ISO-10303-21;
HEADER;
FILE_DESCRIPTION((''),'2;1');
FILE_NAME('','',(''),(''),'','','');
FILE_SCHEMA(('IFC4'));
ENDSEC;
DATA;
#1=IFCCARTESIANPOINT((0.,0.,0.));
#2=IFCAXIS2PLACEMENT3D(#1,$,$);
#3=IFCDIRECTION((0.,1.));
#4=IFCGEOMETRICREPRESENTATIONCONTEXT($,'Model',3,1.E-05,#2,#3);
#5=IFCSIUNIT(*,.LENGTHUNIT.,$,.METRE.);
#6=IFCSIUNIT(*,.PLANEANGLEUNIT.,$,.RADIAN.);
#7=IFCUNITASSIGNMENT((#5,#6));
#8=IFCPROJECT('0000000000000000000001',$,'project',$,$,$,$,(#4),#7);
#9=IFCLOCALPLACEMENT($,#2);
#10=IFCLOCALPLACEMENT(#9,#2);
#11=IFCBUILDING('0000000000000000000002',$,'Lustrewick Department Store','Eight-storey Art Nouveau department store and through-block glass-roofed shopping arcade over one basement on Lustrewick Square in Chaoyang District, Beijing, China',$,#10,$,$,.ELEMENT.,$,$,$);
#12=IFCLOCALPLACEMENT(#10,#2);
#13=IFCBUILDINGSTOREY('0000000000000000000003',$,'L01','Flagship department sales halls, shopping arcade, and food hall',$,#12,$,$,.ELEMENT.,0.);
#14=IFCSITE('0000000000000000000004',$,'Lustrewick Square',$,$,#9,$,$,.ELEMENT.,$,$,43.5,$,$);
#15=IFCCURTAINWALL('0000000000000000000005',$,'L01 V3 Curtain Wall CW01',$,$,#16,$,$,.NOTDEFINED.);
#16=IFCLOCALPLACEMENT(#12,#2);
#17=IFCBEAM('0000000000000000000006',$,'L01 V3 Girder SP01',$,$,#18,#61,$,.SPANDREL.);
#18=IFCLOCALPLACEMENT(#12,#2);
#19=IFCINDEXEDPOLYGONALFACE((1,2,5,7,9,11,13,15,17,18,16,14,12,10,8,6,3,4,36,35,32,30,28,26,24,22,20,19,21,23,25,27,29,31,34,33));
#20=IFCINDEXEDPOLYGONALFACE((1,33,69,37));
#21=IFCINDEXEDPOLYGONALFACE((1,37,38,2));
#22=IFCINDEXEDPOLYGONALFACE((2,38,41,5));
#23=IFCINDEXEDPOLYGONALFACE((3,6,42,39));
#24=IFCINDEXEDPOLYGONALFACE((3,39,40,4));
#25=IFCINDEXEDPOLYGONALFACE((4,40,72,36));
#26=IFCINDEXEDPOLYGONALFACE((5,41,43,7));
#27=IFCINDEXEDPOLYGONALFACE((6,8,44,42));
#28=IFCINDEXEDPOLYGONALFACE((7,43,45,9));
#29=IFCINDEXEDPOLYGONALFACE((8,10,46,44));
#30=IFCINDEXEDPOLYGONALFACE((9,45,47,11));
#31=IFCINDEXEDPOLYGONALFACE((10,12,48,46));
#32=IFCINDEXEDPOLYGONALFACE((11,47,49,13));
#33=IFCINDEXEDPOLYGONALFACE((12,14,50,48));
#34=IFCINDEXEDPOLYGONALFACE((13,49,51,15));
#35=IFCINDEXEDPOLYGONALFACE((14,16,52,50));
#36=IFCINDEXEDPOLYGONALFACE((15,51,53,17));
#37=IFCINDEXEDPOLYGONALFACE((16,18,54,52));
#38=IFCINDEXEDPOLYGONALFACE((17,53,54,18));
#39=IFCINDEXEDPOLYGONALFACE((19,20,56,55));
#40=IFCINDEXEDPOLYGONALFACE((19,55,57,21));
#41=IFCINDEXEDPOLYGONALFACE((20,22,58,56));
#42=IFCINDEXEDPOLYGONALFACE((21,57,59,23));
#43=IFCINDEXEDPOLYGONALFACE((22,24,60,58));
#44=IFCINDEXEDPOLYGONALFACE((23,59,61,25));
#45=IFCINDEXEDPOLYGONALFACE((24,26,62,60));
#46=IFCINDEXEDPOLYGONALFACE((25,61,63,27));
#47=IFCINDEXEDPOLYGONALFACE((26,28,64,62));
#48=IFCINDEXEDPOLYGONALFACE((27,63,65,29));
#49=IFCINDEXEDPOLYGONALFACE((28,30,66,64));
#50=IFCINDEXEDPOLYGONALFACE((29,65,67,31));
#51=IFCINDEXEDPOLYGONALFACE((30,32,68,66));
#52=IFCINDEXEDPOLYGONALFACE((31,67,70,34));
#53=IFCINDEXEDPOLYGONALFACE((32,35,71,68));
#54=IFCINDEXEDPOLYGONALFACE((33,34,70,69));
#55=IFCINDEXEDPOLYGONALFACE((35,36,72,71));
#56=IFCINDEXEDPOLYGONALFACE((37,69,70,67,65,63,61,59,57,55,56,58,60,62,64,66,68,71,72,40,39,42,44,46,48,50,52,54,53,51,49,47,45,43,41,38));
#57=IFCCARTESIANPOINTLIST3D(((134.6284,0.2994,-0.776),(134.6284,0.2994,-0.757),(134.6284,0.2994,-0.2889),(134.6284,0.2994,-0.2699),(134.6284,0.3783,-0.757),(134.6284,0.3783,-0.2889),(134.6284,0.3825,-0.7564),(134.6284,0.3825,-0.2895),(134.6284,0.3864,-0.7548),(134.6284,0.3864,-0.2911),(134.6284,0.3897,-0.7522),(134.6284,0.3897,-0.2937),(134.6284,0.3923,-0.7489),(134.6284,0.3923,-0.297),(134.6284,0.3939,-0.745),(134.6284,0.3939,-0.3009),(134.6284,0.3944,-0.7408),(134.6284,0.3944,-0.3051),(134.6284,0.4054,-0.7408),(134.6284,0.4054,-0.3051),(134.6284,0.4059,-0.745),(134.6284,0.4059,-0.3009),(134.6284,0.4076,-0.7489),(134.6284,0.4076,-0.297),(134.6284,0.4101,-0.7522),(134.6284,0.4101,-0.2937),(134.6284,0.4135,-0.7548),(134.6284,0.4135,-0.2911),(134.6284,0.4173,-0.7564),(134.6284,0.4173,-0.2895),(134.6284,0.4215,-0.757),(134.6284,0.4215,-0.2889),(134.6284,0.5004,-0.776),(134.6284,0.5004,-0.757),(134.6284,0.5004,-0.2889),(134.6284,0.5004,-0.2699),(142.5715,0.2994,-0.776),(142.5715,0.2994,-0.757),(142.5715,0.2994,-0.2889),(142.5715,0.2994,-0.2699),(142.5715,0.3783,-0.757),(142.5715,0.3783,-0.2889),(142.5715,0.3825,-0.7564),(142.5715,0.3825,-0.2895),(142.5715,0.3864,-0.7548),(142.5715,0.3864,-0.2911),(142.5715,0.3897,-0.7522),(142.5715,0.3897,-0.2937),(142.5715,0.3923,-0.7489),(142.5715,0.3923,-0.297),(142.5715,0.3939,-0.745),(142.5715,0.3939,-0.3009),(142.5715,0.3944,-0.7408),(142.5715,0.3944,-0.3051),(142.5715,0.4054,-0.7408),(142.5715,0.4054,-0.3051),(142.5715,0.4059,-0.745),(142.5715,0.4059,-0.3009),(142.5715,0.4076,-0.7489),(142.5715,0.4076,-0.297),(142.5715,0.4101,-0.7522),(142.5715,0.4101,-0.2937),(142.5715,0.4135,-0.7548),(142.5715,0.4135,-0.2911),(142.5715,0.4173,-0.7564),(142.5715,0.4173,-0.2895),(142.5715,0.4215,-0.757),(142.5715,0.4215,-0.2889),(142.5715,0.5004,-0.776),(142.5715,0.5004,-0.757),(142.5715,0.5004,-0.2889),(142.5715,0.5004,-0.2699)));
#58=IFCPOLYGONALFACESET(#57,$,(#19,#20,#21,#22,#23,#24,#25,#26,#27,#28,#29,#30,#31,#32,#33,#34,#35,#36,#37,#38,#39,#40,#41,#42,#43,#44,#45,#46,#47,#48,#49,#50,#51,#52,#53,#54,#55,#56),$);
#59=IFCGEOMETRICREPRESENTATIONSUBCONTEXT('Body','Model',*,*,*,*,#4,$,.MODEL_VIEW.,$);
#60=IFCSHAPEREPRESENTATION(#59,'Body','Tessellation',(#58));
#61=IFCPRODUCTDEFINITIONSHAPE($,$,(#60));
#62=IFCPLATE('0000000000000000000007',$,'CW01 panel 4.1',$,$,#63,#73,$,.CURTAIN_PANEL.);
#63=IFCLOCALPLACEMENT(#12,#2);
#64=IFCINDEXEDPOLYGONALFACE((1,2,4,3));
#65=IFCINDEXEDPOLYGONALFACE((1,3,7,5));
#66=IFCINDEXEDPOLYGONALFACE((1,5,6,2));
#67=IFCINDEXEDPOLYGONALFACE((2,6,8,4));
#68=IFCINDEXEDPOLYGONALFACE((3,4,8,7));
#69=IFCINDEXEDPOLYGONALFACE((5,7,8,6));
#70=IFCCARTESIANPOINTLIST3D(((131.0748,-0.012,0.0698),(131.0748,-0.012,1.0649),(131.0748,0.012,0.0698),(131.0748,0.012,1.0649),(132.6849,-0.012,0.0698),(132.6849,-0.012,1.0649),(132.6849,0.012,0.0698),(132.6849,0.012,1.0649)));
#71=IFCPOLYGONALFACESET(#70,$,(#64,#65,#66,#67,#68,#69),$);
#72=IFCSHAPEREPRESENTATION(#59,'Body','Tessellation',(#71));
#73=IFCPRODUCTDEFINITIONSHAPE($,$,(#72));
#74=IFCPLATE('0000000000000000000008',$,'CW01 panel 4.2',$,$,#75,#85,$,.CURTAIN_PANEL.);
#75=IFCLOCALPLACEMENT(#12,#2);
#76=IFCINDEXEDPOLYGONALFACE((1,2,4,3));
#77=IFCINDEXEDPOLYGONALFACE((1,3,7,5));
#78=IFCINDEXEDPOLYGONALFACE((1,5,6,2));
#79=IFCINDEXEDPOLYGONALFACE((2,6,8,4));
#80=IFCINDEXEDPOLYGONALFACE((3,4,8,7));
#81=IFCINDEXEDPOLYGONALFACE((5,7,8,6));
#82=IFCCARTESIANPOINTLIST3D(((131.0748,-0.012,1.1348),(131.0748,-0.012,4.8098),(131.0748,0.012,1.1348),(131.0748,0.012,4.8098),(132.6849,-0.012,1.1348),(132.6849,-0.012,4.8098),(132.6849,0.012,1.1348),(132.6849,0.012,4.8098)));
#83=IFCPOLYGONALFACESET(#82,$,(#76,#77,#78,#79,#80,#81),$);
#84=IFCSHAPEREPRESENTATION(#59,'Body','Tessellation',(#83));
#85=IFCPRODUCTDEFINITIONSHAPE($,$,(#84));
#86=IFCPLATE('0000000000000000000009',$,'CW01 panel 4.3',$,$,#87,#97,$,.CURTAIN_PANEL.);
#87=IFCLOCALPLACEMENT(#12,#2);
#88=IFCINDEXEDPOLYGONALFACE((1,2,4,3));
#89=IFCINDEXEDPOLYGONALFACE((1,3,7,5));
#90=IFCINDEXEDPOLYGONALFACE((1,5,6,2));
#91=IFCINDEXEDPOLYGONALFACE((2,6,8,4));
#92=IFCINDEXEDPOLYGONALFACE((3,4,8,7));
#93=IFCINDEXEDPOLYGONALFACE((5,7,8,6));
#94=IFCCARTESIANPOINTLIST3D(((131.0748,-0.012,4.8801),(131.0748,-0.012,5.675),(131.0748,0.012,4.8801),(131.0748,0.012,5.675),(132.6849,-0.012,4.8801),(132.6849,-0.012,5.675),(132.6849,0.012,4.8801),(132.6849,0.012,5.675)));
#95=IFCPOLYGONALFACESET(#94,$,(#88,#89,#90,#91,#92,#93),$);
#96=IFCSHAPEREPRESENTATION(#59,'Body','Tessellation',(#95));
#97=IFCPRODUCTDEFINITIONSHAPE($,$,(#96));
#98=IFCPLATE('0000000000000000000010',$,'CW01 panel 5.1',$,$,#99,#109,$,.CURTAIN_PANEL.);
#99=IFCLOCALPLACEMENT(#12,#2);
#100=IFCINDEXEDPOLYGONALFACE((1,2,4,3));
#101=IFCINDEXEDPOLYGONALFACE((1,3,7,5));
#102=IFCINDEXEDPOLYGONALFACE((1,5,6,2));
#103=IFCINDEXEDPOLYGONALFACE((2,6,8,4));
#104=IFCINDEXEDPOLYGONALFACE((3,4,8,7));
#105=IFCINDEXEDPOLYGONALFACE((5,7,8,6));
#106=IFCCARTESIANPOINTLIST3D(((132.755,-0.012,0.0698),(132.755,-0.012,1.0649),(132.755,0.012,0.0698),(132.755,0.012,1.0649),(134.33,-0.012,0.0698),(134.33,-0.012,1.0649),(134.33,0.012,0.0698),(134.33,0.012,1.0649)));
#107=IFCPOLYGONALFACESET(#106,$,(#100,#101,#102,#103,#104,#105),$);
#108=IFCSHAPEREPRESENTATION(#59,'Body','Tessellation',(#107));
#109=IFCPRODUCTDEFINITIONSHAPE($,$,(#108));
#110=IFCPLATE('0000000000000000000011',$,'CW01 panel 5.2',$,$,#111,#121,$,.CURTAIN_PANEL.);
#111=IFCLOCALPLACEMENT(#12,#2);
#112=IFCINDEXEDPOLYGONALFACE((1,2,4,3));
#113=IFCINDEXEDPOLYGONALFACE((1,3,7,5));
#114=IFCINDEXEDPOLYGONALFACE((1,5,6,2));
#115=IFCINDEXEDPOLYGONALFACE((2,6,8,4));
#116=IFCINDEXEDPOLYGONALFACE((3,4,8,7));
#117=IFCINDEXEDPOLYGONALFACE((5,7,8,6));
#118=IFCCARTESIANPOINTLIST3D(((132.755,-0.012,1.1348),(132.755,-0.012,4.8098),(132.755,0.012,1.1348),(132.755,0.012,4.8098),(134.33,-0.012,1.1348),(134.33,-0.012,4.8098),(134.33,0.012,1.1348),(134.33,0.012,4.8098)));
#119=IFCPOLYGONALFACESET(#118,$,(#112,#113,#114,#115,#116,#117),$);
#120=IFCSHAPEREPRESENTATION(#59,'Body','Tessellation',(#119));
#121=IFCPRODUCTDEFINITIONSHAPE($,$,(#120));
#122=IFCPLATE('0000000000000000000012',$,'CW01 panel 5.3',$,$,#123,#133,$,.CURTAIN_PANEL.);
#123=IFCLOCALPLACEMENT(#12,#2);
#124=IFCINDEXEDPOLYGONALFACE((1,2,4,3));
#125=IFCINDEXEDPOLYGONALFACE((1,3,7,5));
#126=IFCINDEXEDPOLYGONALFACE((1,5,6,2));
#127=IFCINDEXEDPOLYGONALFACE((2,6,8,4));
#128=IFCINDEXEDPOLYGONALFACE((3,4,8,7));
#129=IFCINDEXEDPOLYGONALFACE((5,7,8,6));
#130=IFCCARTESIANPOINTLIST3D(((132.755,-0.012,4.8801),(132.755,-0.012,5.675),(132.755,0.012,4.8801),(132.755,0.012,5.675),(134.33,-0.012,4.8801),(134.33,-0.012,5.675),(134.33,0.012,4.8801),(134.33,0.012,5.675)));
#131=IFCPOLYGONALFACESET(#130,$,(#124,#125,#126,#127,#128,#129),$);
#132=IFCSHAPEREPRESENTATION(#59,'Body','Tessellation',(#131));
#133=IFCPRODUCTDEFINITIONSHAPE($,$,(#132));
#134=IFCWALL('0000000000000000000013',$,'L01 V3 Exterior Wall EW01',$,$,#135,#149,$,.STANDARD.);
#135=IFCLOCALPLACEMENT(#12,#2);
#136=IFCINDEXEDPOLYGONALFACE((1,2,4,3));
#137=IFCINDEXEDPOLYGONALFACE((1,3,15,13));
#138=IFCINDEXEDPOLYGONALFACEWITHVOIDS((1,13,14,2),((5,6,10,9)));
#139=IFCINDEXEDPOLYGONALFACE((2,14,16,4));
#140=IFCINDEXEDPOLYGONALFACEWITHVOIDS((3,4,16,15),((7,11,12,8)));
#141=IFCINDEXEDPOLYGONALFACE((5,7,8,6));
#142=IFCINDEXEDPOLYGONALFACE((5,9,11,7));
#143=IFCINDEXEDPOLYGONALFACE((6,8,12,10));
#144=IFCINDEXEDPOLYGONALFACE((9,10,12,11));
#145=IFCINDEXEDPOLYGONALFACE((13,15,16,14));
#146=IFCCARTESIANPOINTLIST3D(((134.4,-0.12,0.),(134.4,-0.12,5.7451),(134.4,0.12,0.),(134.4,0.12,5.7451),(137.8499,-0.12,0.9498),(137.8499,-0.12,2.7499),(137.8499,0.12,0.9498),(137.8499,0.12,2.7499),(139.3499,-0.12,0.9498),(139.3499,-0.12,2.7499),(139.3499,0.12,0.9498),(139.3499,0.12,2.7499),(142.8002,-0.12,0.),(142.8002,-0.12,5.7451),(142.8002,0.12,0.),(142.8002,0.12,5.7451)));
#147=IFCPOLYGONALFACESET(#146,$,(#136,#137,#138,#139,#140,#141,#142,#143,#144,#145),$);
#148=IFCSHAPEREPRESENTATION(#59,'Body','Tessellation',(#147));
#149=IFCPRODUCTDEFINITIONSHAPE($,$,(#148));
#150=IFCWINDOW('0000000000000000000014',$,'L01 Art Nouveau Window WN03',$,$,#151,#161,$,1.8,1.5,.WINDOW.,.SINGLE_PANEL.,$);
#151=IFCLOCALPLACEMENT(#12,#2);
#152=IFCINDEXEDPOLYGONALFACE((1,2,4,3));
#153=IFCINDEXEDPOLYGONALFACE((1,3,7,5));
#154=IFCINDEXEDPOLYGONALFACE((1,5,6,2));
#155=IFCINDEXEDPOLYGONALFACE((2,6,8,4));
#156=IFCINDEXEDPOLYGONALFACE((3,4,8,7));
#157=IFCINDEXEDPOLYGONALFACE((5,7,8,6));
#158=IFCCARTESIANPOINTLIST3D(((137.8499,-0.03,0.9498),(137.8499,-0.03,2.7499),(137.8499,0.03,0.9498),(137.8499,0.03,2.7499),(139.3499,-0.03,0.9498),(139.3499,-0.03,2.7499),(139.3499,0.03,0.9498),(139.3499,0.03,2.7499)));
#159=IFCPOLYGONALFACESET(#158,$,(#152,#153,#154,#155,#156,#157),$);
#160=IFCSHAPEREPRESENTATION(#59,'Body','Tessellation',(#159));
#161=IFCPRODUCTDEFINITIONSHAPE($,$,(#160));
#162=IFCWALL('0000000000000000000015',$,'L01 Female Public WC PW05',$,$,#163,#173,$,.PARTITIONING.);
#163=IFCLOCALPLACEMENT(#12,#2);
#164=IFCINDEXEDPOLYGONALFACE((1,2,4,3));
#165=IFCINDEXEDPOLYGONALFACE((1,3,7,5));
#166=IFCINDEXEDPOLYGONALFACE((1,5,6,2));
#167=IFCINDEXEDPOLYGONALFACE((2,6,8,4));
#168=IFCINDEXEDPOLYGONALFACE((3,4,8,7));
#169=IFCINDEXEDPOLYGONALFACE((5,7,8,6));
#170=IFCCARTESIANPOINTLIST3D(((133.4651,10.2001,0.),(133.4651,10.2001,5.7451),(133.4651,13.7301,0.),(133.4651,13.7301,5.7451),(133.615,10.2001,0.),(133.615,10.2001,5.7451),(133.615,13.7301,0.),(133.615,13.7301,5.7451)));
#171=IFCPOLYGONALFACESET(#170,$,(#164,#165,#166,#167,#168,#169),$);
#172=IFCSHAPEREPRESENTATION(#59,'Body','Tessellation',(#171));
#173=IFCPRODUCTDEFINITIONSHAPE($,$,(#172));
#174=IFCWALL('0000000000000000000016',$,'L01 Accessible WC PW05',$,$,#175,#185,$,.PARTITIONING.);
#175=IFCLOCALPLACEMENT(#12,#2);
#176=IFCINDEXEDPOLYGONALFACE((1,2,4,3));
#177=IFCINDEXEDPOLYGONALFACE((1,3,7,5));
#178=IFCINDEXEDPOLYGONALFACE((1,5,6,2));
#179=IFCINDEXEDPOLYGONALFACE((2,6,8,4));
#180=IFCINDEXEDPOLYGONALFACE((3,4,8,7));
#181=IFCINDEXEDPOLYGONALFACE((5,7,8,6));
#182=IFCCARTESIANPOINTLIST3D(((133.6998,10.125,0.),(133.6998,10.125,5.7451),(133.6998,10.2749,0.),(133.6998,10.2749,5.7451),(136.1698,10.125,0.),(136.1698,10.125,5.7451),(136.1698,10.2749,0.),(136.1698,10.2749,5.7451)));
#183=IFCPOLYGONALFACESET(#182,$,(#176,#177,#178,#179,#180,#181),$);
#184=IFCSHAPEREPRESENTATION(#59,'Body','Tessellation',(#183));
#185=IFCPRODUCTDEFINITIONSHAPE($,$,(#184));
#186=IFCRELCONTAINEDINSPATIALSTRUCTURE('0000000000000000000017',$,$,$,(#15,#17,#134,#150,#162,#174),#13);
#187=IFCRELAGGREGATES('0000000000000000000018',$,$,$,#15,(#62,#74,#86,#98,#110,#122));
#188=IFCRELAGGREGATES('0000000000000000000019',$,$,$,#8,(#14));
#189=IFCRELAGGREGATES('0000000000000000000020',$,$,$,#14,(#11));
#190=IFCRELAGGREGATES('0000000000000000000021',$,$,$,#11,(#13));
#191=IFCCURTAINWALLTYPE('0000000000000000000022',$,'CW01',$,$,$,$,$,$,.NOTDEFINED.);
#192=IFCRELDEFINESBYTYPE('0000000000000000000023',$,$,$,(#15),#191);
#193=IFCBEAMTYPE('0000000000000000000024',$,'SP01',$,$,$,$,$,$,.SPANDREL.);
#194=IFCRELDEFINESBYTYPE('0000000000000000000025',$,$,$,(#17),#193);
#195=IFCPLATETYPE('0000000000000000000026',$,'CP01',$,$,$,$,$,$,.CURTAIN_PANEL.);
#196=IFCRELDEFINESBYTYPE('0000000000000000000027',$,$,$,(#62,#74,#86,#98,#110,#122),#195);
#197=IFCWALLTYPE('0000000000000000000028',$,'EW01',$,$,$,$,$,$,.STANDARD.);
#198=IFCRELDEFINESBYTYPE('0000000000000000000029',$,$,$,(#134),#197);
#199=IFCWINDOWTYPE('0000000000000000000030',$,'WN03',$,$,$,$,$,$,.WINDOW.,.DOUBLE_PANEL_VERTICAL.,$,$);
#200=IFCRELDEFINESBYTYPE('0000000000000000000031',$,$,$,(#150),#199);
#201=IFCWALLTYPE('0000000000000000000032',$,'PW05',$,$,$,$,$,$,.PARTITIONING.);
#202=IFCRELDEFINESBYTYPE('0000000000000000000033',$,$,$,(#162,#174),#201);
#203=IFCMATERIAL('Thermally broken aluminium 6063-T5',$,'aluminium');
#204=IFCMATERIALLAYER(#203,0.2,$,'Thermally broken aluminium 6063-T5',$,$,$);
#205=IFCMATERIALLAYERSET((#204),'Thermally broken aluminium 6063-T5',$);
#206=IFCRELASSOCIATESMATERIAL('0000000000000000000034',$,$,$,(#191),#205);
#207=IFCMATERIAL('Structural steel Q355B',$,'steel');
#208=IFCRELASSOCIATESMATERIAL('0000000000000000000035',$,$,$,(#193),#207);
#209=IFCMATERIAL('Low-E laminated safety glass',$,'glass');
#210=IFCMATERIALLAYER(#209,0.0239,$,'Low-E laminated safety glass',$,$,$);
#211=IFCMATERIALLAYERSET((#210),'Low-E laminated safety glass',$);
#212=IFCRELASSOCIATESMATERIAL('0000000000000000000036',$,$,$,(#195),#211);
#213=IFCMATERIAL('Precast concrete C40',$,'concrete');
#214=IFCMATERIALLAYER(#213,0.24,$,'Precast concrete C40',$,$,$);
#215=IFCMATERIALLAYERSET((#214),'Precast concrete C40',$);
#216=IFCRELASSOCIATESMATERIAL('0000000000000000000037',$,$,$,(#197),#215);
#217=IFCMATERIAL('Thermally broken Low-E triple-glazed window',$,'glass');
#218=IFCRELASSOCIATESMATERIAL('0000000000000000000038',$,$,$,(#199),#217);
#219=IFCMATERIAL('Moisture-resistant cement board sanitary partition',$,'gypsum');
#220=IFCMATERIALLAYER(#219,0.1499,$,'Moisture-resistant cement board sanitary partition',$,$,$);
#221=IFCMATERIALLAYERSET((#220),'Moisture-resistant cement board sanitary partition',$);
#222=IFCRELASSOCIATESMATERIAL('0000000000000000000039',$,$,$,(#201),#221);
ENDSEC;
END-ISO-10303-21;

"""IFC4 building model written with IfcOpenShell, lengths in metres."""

from ifc_helpers import new_model, si_unit, direction, frame, frame_2d, origin, origin_2d, place, context, subcontext, project, spatial, rectangle, i_section, extrude, material, layer, layer_set, material_profile, profile_set, type_object, element, fill, aggregate, save


model = new_model("IFC4")

# Units and contexts
model_context = context("Model", 3, precision=1e-05, world=origin(), true_north=direction((0.0, 1.0)))
body_context = subcontext(model_context, "Body", "Model", "MODEL_VIEW")
ifc_project = project(units=[si_unit("LENGTHUNIT", "METRE"), si_unit("PLANEANGLEUNIT", "RADIAN")], contexts=[model_context])

# Site, building, storey
site_placement = place(None, origin())
site = spatial("IfcSite", under=ifc_project, at=site_placement, Name="Lustrewick Square", CompositionType="ELEMENT", RefElevation=43.5)
building_placement = place(site_placement, origin())
building = spatial("IfcBuilding", under=site, at=building_placement, Name="Lustrewick Department Store", Description="Eight-storey Art Nouveau department store and through-block glass-roofed shopping arcade over one basement on Lustrewick Square in Chaoyang District, Beijing, China", CompositionType="ELEMENT")
storey_placement = place(building_placement, origin())
storey = spatial("IfcBuildingStorey", under=building, at=storey_placement, Name="L01", Description="Flagship department sales halls, shopping arcade, and food hall", CompositionType="ELEMENT", Elevation=0.0)

# Shared definitions
ifc_material_1 = material(Name="Structural steel Q355B", Category="steel")

# Curtain wall
ifc_material_2 = material(Name="Thermally broken aluminium 6063-T5", Category="aluminium")
ifc_layer_1 = layer(ifc_material_2, 0.2, Name="Thermally broken aluminium 6063-T5")
ifc_layer_set_1 = layer_set([ifc_layer_1], Name="Thermally broken aluminium 6063-T5")
curtain_wall_type = type_object("IfcCurtainWallType", Name="CW01", PredefinedType="NOTDEFINED", material=ifc_layer_set_1)
curtain_wall_placement = place(storey_placement, origin())
curtain_wall = element("IfcCurtainWall", 1, at=curtain_wall_placement, inside=storey, type_object=curtain_wall_type, Name="L01 V3 Curtain Wall CW01", PredefinedType="NOTDEFINED")

# Beam
ifc_material_profile_1 = material_profile(ifc_material_1, i_section(OverallWidth=0.2009, OverallDepth=0.5061, WebThickness=0.011, FlangeThickness=0.019, FilletRadius=0.0161, at=origin_2d()), Name="HN 506x201x11x19")
ifc_profile_set_1 = profile_set([ifc_material_profile_1], Name="Structural steel Q355B")
beam_type_1 = type_object("IfcBeamType", Name="SP01", PredefinedType="SPANDREL", material=ifc_profile_set_1)
beam_1_placement = place(storey_placement, frame((134.6284, 0.3999, -0.5229), z_axis=(1.0, 0.0, 0.0), x_axis=(0.0, 1.0, 0.0)))
element("IfcBeam", 2, at=beam_1_placement, inside=storey, type_object=beam_type_1, Name="L01 V3 Girder SP01", PredefinedType="SPANDREL", context=body_context, shape_type="SweptSolid", body=[
    extrude(i_section(OverallWidth=0.2009, OverallDepth=0.5061, WebThickness=0.011, FlangeThickness=0.019, FilletRadius=0.0161, at=origin_2d()), origin(), (0.0, 0.0, 1.0), 7.9431),
])

# Plates
ifc_material_3 = material(Name="Low-E laminated safety glass", Category="glass")
ifc_layer_2 = layer(ifc_material_3, 0.0239, Name="Low-E laminated safety glass")
ifc_layer_set_2 = layer_set([ifc_layer_2], Name="Low-E laminated safety glass")
plate_type = type_object("IfcPlateType", Name="CP01", PredefinedType="CURTAIN_PANEL", material=ifc_layer_set_2)
plate_1_placement = place(storey_placement, frame((131.8799, 0.0, 0.0698), z_axis=(0.0, 0.0, 1.0), x_axis=(1.0, 0.0, 0.0)))
plate_1 = element("IfcPlate", 3, at=plate_1_placement, type_object=plate_type, Name="CW01 panel 4.1", PredefinedType="CURTAIN_PANEL", context=body_context, shape_type="SweptSolid", body=[
    extrude(rectangle(XDim=1.6101, YDim=0.0239, at=origin_2d()), origin(), (0.0, 0.0, 1.0), 0.9951),
])
plate_2_placement = place(storey_placement, frame((131.8799, 0.0, 1.1348), z_axis=(0.0, 0.0, 1.0), x_axis=(1.0, 0.0, 0.0)))
plate_2 = element("IfcPlate", 4, at=plate_2_placement, type_object=plate_type, Name="CW01 panel 4.2", PredefinedType="CURTAIN_PANEL", context=body_context, shape_type="SweptSolid", body=[
    extrude(rectangle(XDim=1.6101, YDim=0.0239, at=origin_2d()), origin(), (0.0, 0.0, 1.0), 3.675),
])
plate_3_placement = place(storey_placement, frame((131.8799, 0.0, 4.8801), z_axis=(0.0, 0.0, 1.0), x_axis=(1.0, 0.0, 0.0)))
plate_3 = element("IfcPlate", 5, at=plate_3_placement, type_object=plate_type, Name="CW01 panel 4.3", PredefinedType="CURTAIN_PANEL", context=body_context, shape_type="SweptSolid", body=[
    extrude(rectangle(XDim=1.6101, YDim=0.0239, at=origin_2d()), origin(), (0.0, 0.0, 1.0), 0.7949),
])
plate_4_placement = place(storey_placement, frame((133.5425, 0.0, 0.0698), z_axis=(0.0, 0.0, 1.0), x_axis=(1.0, 0.0, 0.0)))
plate_4 = element("IfcPlate", 6, at=plate_4_placement, type_object=plate_type, Name="CW01 panel 5.1", PredefinedType="CURTAIN_PANEL", context=body_context, shape_type="SweptSolid", body=[
    extrude(rectangle(XDim=1.575, YDim=0.0239, at=origin_2d()), origin(), (0.0, 0.0, 1.0), 0.9951),
])
plate_5_placement = place(storey_placement, frame((133.5425, 0.0, 1.1348), z_axis=(0.0, 0.0, 1.0), x_axis=(1.0, 0.0, 0.0)))
plate_5 = element("IfcPlate", 7, at=plate_5_placement, type_object=plate_type, Name="CW01 panel 5.2", PredefinedType="CURTAIN_PANEL", context=body_context, shape_type="SweptSolid", body=[
    extrude(rectangle(XDim=1.575, YDim=0.0239, at=origin_2d()), origin(), (0.0, 0.0, 1.0), 3.675),
])
plate_6_placement = place(storey_placement, frame((133.5425, 0.0, 4.8801), z_axis=(0.0, 0.0, 1.0), x_axis=(1.0, 0.0, 0.0)))
plate_6 = element("IfcPlate", 8, at=plate_6_placement, type_object=plate_type, Name="CW01 panel 5.3", PredefinedType="CURTAIN_PANEL", context=body_context, shape_type="SweptSolid", body=[
    extrude(rectangle(XDim=1.575, YDim=0.0239, at=origin_2d()), origin(), (0.0, 0.0, 1.0), 0.7949),
])
aggregate(curtain_wall, [plate_1, plate_2, plate_3, plate_4, plate_5, plate_6])

# Wall, opening, window
ifc_material_4 = material(Name="Precast concrete C40", Category="concrete")
ifc_layer_3 = layer(ifc_material_4, 0.24, Name="Precast concrete C40")
ifc_layer_set_3 = layer_set([ifc_layer_3], Name="Precast concrete C40")
wall_type_1 = type_object("IfcWallType", Name="EW01", PredefinedType="STANDARD", material=ifc_layer_set_3)
wall_1_placement = place(storey_placement, frame((134.3999, 0.0, 0.0), z_axis=(0.0, 0.0, 1.0), x_axis=(1.0, 0.0, 0.0)))
wall_1 = element("IfcWall", 9, at=wall_1_placement, inside=storey, type_object=wall_type_1, Name="L01 V3 Exterior Wall EW01", PredefinedType="STANDARD", context=body_context, shape_type="SweptSolid", body=[
    extrude(rectangle(XDim=8.4001, YDim=0.24, at=frame_2d((4.2002, 0.0))), origin(), (0.0, 0.0, 1.0), 5.7451),
])
opening_placement = place(wall_1_placement, frame((3.45, 0.0, 0.95)))
opening = element("IfcOpeningElement", 10, at=opening_placement, cuts=wall_1, PredefinedType="OPENING", context=body_context, shape_type="SweptSolid", body=[
    extrude(rectangle(XDim=1.5, YDim=1.8, at=frame_2d((0.75, 0.8999))), frame((0.0, 0.1299, 0.0), z_axis=(0.0, -1.0, 0.0), x_axis=(1.0, 0.0, 0.0)), (0.0, 0.0, 1.0), 0.26),
])
ifc_material_5 = material(Name="Thermally broken Low-E triple-glazed window", Category="glass")
window_type = type_object("IfcWindowType", Name="WN03", PartitioningType="DOUBLE_PANEL_VERTICAL", PredefinedType="WINDOW", material=ifc_material_5)
window_placement = place(opening_placement, origin())
window = element("IfcWindow", 11, at=window_placement, inside=storey, type_object=window_type, Name="L01 Art Nouveau Window WN03", OverallHeight=1.8, OverallWidth=1.5, PartitioningType="SINGLE_PANEL", PredefinedType="WINDOW", context=body_context, shape_type="SweptSolid", body=[
    extrude(rectangle(XDim=1.5, YDim=1.8, at=frame_2d((0.75, 0.8999))), frame((0.0, 0.03, 0.0), z_axis=(0.0, -1.0, 0.0), x_axis=(1.0, 0.0, 0.0)), (0.0, 0.0, 1.0), 0.0601),
])
fill(opening, window)

# Walls
ifc_material_6 = material(Name="Moisture-resistant cement board sanitary partition", Category="gypsum")
ifc_layer_4 = layer(ifc_material_6, 0.1499, Name="Moisture-resistant cement board sanitary partition")
ifc_layer_set_4 = layer_set([ifc_layer_4], Name="Moisture-resistant cement board sanitary partition")
wall_type_2 = type_object("IfcWallType", Name="PW05", PredefinedType="PARTITIONING", material=ifc_layer_set_4)
wall_2_placement = place(storey_placement, frame((133.54, 10.2, 0.0), z_axis=(0.0, 0.0, 1.0), x_axis=(0.0, 1.0, 0.0)))
element("IfcWall", 12, at=wall_2_placement, inside=storey, type_object=wall_type_2, Name="L01 Female Public WC PW05", PredefinedType="PARTITIONING", context=body_context, shape_type="SweptSolid", body=[
    extrude(rectangle(XDim=3.53, YDim=0.1499, at=frame_2d((1.7651, 0.0))), origin(), (0.0, 0.0, 1.0), 5.7451),
])
wall_3_placement = place(storey_placement, frame((133.7, 10.2, 0.0), z_axis=(0.0, 0.0, 1.0), x_axis=(1.0, 0.0, 0.0)))
element("IfcWall", 13, at=wall_3_placement, inside=storey, type_object=wall_type_2, Name="L01 Accessible WC PW05", PredefinedType="PARTITIONING", context=body_context, shape_type="SweptSolid", body=[
    extrude(rectangle(XDim=2.47, YDim=0.1499, at=frame_2d((1.2349, 0.0))), origin(), (0.0, 0.0, 1.0), 5.7451),
])

save(model, "model.ifc")
